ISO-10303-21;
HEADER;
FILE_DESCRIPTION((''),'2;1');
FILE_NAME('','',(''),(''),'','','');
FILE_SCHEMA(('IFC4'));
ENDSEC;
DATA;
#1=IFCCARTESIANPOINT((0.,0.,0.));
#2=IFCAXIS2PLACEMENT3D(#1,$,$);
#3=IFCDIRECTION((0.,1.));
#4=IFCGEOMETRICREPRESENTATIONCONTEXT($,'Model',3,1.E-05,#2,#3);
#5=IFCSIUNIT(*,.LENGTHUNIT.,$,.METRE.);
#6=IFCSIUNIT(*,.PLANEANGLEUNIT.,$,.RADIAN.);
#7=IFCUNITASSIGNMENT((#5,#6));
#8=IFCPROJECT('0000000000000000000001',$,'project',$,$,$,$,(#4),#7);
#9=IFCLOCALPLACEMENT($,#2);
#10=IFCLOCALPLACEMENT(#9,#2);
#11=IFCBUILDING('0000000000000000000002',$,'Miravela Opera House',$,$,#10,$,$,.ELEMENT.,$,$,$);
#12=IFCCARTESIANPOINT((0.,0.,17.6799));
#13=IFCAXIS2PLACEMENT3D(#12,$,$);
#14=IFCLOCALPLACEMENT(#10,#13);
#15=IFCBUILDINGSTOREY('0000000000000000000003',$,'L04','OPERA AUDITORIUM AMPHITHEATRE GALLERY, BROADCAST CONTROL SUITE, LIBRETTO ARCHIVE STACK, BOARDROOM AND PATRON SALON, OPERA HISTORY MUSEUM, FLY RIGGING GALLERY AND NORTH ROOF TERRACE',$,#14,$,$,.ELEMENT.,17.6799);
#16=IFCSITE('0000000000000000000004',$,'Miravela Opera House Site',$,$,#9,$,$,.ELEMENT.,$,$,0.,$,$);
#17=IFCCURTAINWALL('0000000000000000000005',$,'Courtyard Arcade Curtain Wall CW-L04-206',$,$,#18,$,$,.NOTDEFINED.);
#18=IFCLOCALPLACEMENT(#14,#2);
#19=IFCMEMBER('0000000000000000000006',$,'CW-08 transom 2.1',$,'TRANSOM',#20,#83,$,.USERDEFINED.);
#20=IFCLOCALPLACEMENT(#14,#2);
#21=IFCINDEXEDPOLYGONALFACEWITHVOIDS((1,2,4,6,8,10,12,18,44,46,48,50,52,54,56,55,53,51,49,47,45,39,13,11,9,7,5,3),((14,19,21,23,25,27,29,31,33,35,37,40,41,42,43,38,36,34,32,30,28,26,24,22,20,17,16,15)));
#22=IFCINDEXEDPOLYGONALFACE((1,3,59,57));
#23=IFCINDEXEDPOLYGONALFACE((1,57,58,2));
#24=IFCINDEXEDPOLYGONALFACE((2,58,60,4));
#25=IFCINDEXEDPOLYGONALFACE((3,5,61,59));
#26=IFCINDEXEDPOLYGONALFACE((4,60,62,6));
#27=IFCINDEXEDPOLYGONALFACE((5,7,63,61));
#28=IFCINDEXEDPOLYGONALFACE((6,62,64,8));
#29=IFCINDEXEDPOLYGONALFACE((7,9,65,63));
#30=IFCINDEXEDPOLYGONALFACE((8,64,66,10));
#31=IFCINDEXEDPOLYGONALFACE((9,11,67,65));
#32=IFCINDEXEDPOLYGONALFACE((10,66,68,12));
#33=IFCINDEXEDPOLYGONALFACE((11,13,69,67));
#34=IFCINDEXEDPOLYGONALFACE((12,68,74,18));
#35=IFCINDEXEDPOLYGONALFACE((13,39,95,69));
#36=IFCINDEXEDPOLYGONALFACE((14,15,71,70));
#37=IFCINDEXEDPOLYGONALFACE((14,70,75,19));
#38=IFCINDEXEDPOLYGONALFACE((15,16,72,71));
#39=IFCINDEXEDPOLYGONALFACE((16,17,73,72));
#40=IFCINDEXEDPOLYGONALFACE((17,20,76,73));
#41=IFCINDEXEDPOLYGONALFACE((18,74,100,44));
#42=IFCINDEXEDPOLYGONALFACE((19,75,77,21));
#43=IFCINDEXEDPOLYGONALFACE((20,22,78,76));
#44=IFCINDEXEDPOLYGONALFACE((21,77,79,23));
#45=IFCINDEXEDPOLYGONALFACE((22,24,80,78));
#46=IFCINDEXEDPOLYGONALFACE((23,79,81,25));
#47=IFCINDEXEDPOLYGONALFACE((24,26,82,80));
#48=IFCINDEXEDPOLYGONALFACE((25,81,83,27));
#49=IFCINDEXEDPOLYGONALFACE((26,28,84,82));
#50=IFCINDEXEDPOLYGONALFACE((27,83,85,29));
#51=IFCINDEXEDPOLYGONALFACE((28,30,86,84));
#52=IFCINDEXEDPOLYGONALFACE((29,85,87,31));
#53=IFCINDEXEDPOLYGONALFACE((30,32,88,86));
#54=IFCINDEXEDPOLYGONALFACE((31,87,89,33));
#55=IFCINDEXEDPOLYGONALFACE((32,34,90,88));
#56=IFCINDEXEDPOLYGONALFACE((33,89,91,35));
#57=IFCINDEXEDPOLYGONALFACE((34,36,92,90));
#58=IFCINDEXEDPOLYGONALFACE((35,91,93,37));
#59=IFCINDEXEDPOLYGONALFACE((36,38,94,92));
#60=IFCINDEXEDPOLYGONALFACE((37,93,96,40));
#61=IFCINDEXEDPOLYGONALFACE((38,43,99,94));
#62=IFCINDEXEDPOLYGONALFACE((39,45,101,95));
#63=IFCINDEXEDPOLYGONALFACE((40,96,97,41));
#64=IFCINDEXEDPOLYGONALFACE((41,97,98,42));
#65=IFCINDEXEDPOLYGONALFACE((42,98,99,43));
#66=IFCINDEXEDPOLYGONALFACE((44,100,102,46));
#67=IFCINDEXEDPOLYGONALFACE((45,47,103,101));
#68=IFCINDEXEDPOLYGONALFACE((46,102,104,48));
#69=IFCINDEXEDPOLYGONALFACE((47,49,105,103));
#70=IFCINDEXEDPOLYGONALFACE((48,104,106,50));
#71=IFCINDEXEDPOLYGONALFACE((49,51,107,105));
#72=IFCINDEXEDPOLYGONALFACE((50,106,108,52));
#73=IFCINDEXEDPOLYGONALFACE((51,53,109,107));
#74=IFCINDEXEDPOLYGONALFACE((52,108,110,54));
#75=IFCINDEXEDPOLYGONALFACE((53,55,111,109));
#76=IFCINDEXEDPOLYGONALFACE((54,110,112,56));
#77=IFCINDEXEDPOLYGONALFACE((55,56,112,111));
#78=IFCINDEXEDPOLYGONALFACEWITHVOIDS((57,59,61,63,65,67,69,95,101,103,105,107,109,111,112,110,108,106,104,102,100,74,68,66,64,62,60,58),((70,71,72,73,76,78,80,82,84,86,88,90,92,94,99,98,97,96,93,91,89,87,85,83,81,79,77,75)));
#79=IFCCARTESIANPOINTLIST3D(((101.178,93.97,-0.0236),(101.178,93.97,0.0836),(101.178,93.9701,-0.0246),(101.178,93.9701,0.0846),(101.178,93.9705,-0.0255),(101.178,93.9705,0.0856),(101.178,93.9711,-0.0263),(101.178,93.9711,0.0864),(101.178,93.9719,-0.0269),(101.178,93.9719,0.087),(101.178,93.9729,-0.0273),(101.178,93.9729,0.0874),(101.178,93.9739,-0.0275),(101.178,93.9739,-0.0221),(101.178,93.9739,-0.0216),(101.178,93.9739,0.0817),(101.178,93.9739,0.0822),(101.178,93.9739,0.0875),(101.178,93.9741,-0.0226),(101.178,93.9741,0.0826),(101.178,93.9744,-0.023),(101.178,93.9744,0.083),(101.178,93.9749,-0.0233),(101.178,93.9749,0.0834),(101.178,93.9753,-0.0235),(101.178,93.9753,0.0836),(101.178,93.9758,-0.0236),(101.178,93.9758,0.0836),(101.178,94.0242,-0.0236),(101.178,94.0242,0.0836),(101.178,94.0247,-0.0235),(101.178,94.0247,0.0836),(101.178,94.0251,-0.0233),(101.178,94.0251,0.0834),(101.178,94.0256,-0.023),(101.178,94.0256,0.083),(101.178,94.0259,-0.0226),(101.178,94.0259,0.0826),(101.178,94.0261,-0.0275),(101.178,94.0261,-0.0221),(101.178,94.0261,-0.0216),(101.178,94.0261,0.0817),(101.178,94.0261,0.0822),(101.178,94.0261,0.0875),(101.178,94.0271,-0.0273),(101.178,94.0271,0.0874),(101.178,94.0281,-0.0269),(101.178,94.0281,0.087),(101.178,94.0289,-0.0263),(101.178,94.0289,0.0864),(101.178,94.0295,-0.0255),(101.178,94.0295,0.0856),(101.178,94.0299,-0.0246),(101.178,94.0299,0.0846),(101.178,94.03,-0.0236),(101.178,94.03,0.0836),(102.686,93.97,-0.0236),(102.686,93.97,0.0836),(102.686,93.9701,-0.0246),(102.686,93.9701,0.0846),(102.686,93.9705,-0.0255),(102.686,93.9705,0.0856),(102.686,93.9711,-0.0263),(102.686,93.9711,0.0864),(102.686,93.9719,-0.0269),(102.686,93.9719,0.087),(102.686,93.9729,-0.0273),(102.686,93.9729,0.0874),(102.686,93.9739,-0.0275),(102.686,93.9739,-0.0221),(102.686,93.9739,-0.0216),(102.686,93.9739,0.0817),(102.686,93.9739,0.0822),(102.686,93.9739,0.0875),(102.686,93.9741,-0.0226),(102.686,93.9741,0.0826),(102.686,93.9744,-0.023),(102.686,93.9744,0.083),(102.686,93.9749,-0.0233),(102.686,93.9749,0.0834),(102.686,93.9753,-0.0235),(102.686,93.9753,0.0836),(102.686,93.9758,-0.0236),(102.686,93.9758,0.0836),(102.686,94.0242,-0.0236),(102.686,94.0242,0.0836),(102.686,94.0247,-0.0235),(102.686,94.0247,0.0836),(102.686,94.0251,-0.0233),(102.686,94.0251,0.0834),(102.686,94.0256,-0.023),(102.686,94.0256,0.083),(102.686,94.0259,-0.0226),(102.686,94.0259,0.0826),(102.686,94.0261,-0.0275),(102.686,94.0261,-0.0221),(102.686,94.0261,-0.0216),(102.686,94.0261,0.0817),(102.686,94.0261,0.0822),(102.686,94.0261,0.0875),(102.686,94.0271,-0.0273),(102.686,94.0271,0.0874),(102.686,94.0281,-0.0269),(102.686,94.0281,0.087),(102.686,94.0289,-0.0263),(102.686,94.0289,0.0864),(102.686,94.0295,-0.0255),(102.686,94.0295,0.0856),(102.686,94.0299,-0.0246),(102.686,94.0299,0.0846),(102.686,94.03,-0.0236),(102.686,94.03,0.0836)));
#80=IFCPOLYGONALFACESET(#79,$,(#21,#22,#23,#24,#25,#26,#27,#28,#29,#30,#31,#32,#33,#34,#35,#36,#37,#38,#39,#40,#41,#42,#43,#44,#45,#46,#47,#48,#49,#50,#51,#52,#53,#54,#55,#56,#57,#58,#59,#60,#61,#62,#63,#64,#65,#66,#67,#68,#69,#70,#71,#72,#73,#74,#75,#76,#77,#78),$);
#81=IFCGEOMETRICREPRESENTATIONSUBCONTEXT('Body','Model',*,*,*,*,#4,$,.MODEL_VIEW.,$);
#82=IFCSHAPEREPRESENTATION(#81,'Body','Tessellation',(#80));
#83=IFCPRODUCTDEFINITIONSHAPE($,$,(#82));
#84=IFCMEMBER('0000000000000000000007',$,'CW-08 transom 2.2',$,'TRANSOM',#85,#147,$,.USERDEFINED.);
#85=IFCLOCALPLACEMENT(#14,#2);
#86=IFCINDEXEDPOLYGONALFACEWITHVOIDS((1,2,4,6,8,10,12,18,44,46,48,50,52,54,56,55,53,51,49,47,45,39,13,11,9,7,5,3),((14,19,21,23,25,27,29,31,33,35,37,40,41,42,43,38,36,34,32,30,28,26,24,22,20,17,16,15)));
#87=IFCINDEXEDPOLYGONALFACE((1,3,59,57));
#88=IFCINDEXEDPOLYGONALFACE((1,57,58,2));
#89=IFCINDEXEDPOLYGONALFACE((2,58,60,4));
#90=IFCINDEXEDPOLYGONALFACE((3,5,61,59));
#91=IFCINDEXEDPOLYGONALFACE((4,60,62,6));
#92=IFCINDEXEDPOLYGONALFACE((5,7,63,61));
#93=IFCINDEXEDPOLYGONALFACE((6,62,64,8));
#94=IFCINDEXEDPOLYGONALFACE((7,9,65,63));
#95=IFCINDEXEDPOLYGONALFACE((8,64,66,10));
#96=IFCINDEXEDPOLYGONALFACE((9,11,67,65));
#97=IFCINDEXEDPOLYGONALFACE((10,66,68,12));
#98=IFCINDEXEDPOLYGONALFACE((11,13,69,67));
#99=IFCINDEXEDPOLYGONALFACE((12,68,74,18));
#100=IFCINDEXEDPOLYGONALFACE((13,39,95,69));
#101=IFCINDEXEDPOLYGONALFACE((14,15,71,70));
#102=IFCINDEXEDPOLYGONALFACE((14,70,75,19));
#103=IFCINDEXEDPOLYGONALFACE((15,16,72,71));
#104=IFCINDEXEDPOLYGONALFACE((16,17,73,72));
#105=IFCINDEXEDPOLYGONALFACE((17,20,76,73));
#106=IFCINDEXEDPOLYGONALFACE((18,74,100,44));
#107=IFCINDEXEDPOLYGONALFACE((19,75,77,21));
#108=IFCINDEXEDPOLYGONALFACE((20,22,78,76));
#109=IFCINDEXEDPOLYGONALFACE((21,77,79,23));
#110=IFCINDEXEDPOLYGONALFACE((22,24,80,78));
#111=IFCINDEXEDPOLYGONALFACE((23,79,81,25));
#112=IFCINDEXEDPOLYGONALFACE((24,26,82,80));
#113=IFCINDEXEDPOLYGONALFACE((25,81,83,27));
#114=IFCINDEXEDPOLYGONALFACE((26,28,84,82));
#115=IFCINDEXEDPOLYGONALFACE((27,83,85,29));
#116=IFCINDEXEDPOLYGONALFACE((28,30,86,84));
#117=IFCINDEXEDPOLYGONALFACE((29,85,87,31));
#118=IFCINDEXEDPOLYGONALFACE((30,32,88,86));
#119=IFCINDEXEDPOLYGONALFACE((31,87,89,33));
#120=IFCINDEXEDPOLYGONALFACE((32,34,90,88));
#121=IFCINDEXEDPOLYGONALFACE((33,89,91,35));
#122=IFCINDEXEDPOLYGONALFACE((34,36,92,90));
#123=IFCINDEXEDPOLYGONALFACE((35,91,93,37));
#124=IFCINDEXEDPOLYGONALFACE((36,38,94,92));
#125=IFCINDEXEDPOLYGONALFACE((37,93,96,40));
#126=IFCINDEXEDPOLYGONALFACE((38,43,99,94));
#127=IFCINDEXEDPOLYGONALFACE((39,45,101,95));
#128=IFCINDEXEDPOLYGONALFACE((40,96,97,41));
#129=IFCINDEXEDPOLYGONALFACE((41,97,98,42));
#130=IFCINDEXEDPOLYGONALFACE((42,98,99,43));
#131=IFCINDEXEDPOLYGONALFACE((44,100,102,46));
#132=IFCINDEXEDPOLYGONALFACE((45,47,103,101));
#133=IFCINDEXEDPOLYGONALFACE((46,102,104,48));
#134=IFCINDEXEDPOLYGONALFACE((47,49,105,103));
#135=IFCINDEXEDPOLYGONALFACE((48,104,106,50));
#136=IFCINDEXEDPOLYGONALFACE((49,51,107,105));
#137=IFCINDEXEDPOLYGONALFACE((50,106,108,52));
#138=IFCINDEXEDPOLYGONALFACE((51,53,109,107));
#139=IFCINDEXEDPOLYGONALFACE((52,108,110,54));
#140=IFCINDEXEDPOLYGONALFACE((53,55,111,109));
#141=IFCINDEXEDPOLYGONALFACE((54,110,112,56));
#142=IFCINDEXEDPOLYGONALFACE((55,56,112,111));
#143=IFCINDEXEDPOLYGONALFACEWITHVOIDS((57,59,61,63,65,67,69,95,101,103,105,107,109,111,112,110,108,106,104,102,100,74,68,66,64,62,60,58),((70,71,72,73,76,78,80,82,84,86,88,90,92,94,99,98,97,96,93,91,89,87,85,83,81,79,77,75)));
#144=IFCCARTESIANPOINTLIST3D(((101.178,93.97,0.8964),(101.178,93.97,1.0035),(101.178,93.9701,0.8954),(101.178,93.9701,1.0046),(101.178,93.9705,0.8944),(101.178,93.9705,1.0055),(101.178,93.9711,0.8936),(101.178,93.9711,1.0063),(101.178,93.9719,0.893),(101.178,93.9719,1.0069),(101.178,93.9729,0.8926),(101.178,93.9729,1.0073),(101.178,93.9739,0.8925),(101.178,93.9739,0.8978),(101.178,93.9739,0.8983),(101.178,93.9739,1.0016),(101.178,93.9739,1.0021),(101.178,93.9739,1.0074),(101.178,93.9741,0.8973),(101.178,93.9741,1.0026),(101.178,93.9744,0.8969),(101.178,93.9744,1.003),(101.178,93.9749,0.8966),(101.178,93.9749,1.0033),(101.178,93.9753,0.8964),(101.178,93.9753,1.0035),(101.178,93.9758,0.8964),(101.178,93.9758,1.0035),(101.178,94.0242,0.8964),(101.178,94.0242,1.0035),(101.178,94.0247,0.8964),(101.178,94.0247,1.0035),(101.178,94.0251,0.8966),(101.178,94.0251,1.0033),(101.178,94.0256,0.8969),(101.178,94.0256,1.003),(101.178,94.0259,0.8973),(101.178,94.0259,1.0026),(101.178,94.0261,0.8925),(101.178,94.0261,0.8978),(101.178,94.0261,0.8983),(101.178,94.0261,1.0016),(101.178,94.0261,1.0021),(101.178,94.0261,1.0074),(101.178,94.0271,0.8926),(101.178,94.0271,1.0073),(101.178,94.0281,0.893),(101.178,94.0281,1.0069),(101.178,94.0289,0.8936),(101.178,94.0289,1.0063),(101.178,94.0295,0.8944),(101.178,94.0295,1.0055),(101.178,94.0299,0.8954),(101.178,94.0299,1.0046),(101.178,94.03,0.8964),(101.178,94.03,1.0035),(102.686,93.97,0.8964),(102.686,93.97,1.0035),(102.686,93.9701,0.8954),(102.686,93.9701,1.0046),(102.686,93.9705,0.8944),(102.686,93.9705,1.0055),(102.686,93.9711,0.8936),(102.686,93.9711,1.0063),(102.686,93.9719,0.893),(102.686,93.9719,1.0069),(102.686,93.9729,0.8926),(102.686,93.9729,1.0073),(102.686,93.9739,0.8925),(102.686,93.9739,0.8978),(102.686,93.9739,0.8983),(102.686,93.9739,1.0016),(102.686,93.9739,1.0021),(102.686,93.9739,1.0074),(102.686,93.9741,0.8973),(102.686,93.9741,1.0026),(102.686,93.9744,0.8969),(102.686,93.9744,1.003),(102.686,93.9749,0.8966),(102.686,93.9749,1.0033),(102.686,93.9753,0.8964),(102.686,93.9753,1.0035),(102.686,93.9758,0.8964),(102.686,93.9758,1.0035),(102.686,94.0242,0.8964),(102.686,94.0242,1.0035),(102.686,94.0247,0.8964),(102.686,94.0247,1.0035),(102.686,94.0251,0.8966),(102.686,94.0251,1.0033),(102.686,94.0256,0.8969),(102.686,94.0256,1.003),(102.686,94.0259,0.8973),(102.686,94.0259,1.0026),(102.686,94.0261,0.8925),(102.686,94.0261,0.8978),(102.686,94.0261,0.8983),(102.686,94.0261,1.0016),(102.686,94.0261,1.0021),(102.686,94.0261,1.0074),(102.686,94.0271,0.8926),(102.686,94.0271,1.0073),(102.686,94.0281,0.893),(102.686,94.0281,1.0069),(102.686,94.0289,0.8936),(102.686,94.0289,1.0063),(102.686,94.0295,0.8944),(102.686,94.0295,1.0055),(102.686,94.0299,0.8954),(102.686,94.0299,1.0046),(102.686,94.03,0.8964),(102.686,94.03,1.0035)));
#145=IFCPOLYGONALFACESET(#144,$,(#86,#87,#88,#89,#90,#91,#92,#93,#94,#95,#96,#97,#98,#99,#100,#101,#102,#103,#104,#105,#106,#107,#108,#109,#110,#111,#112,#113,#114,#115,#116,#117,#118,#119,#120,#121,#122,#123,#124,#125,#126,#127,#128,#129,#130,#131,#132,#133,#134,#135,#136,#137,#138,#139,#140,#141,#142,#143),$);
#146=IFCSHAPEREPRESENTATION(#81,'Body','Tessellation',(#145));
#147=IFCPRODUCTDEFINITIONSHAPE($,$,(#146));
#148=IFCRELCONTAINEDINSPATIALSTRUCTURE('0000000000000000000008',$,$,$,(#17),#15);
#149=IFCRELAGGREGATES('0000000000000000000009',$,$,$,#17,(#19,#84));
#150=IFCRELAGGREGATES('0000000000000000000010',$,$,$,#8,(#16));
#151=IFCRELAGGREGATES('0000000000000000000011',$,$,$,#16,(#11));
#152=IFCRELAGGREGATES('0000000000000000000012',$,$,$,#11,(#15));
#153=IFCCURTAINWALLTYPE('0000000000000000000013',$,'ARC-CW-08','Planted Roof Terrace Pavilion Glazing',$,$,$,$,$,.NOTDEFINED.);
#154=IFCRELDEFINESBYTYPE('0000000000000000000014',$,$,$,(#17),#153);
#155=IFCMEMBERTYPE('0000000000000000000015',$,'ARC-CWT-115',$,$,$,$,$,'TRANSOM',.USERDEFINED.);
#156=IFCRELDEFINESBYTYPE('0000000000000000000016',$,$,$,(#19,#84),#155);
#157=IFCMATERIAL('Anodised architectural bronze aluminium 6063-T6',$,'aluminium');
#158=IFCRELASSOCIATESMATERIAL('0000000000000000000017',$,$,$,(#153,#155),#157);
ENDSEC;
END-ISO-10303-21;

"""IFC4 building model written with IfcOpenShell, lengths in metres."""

from ifc_helpers import new_model, si_unit, direction, frame, origin, origin_2d, place, context, subcontext, project, spatial, hollow_rectangle, extrude, material, material_profile, profile_set, type_object, element, aggregate, save


model = new_model("IFC4")

# Units and contexts
model_context = context("Model", 3, precision=1e-05, world=origin(), true_north=direction((0.0, 1.0)))
body_context = subcontext(model_context, "Body", "Model", "MODEL_VIEW")
ifc_project = project(units=[si_unit("LENGTHUNIT", "METRE"), si_unit("PLANEANGLEUNIT", "RADIAN")], contexts=[model_context])

# Site, building, storey
site_placement = place(None, origin())
site = spatial("IfcSite", under=ifc_project, at=site_placement, Name="Miravela Opera House Site", CompositionType="ELEMENT", RefElevation=0.0)
building_placement = place(site_placement, origin())
building = spatial("IfcBuilding", under=site, at=building_placement, Name="Miravela Opera House", CompositionType="ELEMENT")
storey_placement = place(building_placement, frame((0.0, 0.0, 17.6799)))
storey = spatial("IfcBuildingStorey", under=building, at=storey_placement, Name="L04", Description="OPERA AUDITORIUM AMPHITHEATRE GALLERY, BROADCAST CONTROL SUITE, LIBRETTO ARCHIVE STACK, BOARDROOM AND PATRON SALON, OPERA HISTORY MUSEUM, FLY RIGGING GALLERY AND NORTH ROOF TERRACE", CompositionType="ELEMENT", Elevation=17.6799)

# Curtain wall, members
ifc_material_1 = material(Name="Anodised architectural bronze aluminium 6063-T6", Category="aluminium")
curtain_wall_type = type_object("IfcCurtainWallType", Name="ARC-CW-08", Description="Planted Roof Terrace Pavilion Glazing", PredefinedType="NOTDEFINED", material=ifc_material_1)
curtain_wall_placement = place(storey_placement, origin())
curtain_wall = element("IfcCurtainWall", 1, at=curtain_wall_placement, inside=storey, type_object=curtain_wall_type, Name="Courtyard Arcade Curtain Wall CW-L04-206", PredefinedType="NOTDEFINED")
ifc_material_profile_1 = material_profile(ifc_material_1, hollow_rectangle(XDim=0.0601, YDim=0.115, WallThickness=0.0039, InnerFilletRadius=0.002, OuterFilletRadius=0.0039, at=origin_2d()), Name="CWT-60X115")
ifc_profile_set_1 = profile_set([ifc_material_profile_1])
member_type_1 = type_object("IfcMemberType", Name="ARC-CWT-115", ElementType="TRANSOM", PredefinedType="USERDEFINED", material=ifc_profile_set_1)
member_1_placement = place(storey_placement, frame((101.178, 94.0, 0.03), z_axis=(1.0, 0.0, 0.0), x_axis=(0.0, 1.0, 0.0)))
member_1 = element("IfcMember", 2, at=member_1_placement, type_object=member_type_1, Name="CW-08 transom 2.1", ObjectType="TRANSOM", PredefinedType="USERDEFINED", context=body_context, shape_type="SweptSolid", body=[
    extrude(hollow_rectangle(XDim=0.0601, YDim=0.115, WallThickness=0.0039, InnerFilletRadius=0.002, OuterFilletRadius=0.0039, at=origin_2d()), origin(), (0.0, 0.0, 1.0), 1.5081),
])
member_2_placement = place(storey_placement, frame((101.178, 94.0, 0.95), z_axis=(1.0, 0.0, 0.0), x_axis=(0.0, 1.0, 0.0)))
member_2 = element("IfcMember", 3, at=member_2_placement, type_object=member_type_1, Name="CW-08 transom 2.2", ObjectType="TRANSOM", PredefinedType="USERDEFINED", context=body_context, shape_type="SweptSolid", body=[
    extrude(hollow_rectangle(XDim=0.0601, YDim=0.115, WallThickness=0.0039, InnerFilletRadius=0.002, OuterFilletRadius=0.0039, at=origin_2d()), origin(), (0.0, 0.0, 1.0), 1.5081),
])

aggregate(curtain_wall, [member_1, member_2])

save(model, "model.ifc")
